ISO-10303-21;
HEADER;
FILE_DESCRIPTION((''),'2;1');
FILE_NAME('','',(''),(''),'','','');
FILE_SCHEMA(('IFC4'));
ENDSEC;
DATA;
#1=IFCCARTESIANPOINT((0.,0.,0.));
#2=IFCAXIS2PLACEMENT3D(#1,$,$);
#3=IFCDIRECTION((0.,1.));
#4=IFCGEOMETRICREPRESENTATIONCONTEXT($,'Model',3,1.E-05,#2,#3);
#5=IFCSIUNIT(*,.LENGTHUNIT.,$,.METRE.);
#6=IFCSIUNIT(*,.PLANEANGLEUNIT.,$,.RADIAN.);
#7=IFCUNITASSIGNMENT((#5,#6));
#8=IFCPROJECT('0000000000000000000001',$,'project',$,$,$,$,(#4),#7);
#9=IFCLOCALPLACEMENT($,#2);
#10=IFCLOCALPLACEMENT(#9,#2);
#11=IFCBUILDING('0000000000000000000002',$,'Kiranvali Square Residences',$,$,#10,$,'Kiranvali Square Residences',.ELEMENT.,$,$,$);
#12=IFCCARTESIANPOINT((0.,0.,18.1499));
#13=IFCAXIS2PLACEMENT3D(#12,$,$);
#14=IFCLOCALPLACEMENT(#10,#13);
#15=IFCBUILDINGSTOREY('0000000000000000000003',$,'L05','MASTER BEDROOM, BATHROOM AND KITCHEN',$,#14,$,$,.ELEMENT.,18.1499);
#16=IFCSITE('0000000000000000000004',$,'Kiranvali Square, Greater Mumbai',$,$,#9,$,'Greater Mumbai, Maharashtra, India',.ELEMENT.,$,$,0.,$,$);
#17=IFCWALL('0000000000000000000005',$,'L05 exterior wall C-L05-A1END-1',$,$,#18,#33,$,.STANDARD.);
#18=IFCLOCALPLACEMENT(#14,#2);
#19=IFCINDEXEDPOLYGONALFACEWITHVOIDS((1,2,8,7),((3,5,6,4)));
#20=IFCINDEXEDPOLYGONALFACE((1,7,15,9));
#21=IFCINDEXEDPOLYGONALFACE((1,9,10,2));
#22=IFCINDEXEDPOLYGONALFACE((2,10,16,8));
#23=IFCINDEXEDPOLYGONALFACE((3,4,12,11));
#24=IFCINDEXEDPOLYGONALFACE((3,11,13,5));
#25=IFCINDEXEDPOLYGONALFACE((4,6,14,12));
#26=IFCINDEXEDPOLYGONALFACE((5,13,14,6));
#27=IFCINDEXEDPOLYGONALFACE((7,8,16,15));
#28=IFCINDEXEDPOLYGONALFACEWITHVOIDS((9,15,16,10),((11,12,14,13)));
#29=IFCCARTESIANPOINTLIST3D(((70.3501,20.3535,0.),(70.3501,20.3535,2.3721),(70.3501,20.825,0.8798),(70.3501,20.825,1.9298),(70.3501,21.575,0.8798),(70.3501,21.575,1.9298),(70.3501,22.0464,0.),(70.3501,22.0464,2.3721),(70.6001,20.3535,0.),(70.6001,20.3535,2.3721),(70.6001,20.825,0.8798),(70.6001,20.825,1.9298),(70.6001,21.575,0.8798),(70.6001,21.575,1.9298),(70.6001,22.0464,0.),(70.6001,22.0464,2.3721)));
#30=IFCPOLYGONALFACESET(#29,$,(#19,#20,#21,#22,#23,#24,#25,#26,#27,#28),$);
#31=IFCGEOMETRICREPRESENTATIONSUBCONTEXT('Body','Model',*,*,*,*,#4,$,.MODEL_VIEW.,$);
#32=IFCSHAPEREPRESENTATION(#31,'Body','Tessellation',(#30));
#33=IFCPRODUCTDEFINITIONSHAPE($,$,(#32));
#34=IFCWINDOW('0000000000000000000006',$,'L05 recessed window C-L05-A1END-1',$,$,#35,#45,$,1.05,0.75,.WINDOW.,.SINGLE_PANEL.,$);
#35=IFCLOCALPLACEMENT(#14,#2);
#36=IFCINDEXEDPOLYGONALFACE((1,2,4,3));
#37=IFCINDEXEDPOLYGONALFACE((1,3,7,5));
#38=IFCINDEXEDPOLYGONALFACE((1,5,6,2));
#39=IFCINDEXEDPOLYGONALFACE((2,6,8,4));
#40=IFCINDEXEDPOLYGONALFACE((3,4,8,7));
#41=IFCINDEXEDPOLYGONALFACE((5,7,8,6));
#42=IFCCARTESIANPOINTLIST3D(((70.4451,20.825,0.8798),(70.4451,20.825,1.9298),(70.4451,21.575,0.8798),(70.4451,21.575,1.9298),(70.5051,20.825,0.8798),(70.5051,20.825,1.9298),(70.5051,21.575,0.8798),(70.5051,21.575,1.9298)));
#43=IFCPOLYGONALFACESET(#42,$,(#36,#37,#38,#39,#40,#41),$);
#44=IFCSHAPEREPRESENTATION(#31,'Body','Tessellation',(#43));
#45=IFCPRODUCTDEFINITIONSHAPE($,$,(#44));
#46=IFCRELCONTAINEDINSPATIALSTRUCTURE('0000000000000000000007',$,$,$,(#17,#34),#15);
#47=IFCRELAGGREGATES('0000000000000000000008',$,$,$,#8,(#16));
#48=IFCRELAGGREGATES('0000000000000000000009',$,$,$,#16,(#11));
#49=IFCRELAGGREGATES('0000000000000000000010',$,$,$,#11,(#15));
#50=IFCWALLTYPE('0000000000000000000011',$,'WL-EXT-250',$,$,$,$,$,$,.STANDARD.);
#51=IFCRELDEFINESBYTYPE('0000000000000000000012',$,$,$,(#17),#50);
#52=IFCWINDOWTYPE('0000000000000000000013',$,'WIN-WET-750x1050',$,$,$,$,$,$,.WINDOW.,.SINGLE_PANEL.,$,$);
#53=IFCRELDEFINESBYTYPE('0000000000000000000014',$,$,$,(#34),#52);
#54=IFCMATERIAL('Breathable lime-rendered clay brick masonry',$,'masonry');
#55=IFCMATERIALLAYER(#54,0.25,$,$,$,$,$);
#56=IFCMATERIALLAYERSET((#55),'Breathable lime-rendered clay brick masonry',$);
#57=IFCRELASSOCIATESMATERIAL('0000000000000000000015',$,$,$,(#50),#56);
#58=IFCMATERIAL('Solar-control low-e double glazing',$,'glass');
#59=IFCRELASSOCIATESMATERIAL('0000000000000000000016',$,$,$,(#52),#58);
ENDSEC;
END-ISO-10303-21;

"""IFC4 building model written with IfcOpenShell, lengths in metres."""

from ifc_helpers import new_model, si_unit, direction, frame, frame_2d, origin, place, context, subcontext, project, spatial, rectangle, extrude, material, layer, layer_set, type_object, element, fill, save


model = new_model("IFC4")

# Units and contexts
model_context = context("Model", 3, precision=1e-05, world=origin(), true_north=direction((0.0, 1.0)))
body_context = subcontext(model_context, "Body", "Model", "MODEL_VIEW")
ifc_project = project(units=[si_unit("LENGTHUNIT", "METRE"), si_unit("PLANEANGLEUNIT", "RADIAN")], contexts=[model_context])

# Site, building, storey
site_placement = place(None, origin())
site = spatial("IfcSite", under=ifc_project, at=site_placement, Name="Kiranvali Square, Greater Mumbai", LongName="Greater Mumbai, Maharashtra, India", CompositionType="ELEMENT", RefElevation=0.0)
building_placement = place(site_placement, origin())
building = spatial("IfcBuilding", under=site, at=building_placement, Name="Kiranvali Square Residences", LongName="Kiranvali Square Residences", CompositionType="ELEMENT")
storey_placement = place(building_placement, frame((0.0, 0.0, 18.1499)))
storey = spatial("IfcBuildingStorey", under=building, at=storey_placement, Name="L05", Description="MASTER BEDROOM, BATHROOM AND KITCHEN", CompositionType="ELEMENT", Elevation=18.1499)

# Wall, opening, window
ifc_material_1 = material(Name="Breathable lime-rendered clay brick masonry", Category="masonry")
ifc_layer_1 = layer(ifc_material_1, 0.25)
ifc_layer_set_1 = layer_set([ifc_layer_1], Name="Breathable lime-rendered clay brick masonry")
wall_type_1 = type_object("IfcWallType", Name="WL-EXT-250", PredefinedType="STANDARD", material=ifc_layer_set_1)
wall_1_placement = place(storey_placement, frame((70.4751, 22.0464, 0.0), z_axis=(0.0, 0.0, 1.0), x_axis=(0.0, -1.0, 0.0)))
wall_1 = element("IfcWall", 1, at=wall_1_placement, inside=storey, type_object=wall_type_1, Name="L05 exterior wall C-L05-A1END-1", PredefinedType="STANDARD", context=body_context, shape_type="SweptSolid", body=[
    extrude(rectangle(XDim=1.6929, YDim=0.25, at=frame_2d((0.8464, 0.0))), origin(), (0.0, 0.0, 1.0), 2.3721),
])
opening_1_placement = place(wall_1_placement, frame((0.4714, 0.0, 0.8799)))
opening_1 = element("IfcOpeningElement", 2, at=opening_1_placement, cuts=wall_1, PredefinedType="OPENING", context=body_context, shape_type="SweptSolid", body=[
    extrude(rectangle(XDim=0.75, YDim=1.05, at=frame_2d((0.375, 0.5249))), frame((0.0, 0.135, 0.0), z_axis=(0.0, -1.0, 0.0), x_axis=(1.0, 0.0, 0.0)), (0.0, 0.0, 1.0), 0.27),
])
ifc_material_2 = material(Name="Solar-control low-e double glazing", Category="glass")
window_type = type_object("IfcWindowType", Name="WIN-WET-750x1050", PartitioningType="SINGLE_PANEL", PredefinedType="WINDOW", material=ifc_material_2)
window_placement = place(opening_1_placement, origin())
window = element("IfcWindow", 3, at=window_placement, inside=storey, type_object=window_type, Name="L05 recessed window C-L05-A1END-1", OverallHeight=1.05, OverallWidth=0.75, PartitioningType="SINGLE_PANEL", PredefinedType="WINDOW", context=body_context, shape_type="SweptSolid", body=[
    extrude(rectangle(XDim=0.75, YDim=1.05, at=frame_2d((0.375, 0.5249))), frame((0.0, 0.03, 0.0), z_axis=(0.0, -1.0, 0.0), x_axis=(1.0, 0.0, 0.0)), (0.0, 0.0, 1.0), 0.0601),
])
fill(opening_1, window)

save(model, "model.ifc")
